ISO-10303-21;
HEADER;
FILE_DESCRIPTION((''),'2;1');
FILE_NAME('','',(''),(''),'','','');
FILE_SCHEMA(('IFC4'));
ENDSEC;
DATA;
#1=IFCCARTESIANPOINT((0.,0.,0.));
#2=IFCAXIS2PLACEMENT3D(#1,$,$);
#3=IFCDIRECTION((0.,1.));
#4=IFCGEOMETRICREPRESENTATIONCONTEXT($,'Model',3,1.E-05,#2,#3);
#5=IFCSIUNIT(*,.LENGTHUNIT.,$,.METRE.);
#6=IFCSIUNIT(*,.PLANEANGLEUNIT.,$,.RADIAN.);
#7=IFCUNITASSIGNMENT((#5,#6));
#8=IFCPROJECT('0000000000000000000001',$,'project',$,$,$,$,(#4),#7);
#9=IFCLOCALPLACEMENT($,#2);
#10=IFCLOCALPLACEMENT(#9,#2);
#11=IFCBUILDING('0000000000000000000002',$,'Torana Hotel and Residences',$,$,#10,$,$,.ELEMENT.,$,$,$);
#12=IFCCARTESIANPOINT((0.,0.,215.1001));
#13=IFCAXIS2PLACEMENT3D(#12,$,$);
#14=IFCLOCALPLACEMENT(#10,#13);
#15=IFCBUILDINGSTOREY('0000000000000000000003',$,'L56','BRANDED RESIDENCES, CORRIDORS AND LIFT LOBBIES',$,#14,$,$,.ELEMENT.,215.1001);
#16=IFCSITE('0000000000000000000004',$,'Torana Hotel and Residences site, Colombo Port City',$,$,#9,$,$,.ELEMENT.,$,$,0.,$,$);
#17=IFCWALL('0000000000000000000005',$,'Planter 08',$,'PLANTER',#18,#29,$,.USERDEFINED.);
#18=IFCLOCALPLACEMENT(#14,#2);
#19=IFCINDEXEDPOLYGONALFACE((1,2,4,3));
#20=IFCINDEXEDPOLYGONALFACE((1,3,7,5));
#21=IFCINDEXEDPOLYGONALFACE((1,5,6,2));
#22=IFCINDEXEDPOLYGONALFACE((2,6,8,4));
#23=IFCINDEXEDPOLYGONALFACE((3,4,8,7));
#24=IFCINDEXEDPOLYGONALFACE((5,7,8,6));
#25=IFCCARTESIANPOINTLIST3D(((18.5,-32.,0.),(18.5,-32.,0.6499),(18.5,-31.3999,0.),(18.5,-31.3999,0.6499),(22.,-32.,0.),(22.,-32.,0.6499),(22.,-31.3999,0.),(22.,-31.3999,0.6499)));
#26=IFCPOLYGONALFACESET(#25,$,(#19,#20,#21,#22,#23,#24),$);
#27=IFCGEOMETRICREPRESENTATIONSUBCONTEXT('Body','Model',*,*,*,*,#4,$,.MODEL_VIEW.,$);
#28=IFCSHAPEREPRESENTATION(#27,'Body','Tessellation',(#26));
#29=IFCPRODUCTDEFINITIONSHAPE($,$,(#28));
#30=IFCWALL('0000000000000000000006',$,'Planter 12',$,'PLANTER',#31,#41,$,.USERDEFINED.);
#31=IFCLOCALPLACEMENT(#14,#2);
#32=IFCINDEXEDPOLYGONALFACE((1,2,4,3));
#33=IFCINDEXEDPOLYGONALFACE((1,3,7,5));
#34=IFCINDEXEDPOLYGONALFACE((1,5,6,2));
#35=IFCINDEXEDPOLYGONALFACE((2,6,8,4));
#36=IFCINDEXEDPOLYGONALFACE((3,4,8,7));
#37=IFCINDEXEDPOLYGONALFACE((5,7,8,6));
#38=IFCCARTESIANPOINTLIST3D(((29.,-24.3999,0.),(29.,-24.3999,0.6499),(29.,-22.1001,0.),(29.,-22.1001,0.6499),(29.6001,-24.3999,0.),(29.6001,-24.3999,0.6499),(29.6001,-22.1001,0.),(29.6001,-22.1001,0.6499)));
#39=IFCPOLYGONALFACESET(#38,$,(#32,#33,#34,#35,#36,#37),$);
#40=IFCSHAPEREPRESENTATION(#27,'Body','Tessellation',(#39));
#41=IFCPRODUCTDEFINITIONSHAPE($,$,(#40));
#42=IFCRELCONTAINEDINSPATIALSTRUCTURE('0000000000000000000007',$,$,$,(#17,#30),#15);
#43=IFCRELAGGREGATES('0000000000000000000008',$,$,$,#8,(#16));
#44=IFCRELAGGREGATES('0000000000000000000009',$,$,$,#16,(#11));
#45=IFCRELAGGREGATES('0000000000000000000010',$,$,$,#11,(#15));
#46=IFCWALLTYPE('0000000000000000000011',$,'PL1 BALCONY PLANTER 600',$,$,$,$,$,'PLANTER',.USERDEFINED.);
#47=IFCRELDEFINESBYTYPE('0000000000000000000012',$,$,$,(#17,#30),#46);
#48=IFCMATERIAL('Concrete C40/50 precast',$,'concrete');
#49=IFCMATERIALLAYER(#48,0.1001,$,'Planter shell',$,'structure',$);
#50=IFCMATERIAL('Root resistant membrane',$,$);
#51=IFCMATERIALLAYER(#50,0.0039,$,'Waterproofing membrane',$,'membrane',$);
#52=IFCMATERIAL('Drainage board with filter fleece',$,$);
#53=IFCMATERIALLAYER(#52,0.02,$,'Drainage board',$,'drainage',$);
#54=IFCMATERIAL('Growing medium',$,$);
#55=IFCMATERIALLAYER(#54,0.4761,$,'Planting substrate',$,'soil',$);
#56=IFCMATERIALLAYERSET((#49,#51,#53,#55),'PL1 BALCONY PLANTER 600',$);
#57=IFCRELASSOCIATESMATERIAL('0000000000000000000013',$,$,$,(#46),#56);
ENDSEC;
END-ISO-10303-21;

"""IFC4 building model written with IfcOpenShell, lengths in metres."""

from ifc_helpers import new_model, si_unit, direction, frame, frame_2d, origin, place, context, subcontext, project, spatial, rectangle, extrude, material, layer, layer_set, type_object, element, save


model = new_model("IFC4")

# Units and contexts
model_context = context("Model", 3, precision=1e-05, world=origin(), true_north=direction((0.0, 1.0)))
body_context = subcontext(model_context, "Body", "Model", "MODEL_VIEW")
ifc_project = project(units=[si_unit("LENGTHUNIT", "METRE"), si_unit("PLANEANGLEUNIT", "RADIAN")], contexts=[model_context])

# Site, building, storey
site_placement = place(None, origin())
site = spatial("IfcSite", under=ifc_project, at=site_placement, Name="Torana Hotel and Residences site, Colombo Port City", CompositionType="ELEMENT", RefElevation=0.0)
building_placement = place(site_placement, origin())
building = spatial("IfcBuilding", under=site, at=building_placement, Name="Torana Hotel and Residences", CompositionType="ELEMENT")
storey_placement = place(building_placement, frame((0.0, 0.0, 215.1001)))
storey = spatial("IfcBuildingStorey", under=building, at=storey_placement, Name="L56", Description="BRANDED RESIDENCES, CORRIDORS AND LIFT LOBBIES", CompositionType="ELEMENT", Elevation=215.1001)

# Walls
ifc_material_1 = material(Name="Concrete C40/50 precast", Category="concrete")
ifc_layer_1 = layer(ifc_material_1, 0.1001, Name="Planter shell", Category="structure")
ifc_material_2 = material(Name="Root resistant membrane")
ifc_layer_2 = layer(ifc_material_2, 0.0039, Name="Waterproofing membrane", Category="membrane")
ifc_material_3 = material(Name="Drainage board with filter fleece")
ifc_layer_3 = layer(ifc_material_3, 0.02, Name="Drainage board", Category="drainage")
ifc_material_4 = material(Name="Growing medium")
ifc_layer_4 = layer(ifc_material_4, 0.4761, Name="Planting substrate", Category="soil")
ifc_layer_set_1 = layer_set([ifc_layer_1, ifc_layer_2, ifc_layer_3, ifc_layer_4], Name="PL1 BALCONY PLANTER 600")
wall_type_1 = type_object("IfcWallType", Name="PL1 BALCONY PLANTER 600", ElementType="PLANTER", PredefinedType="USERDEFINED", material=ifc_layer_set_1)
wall_1_placement = place(storey_placement, frame((22.0, -31.7, 0.0), z_axis=(0.0, 0.0, 1.0), x_axis=(-1.0, 0.0, 0.0)))
element("IfcWall", 1, at=wall_1_placement, inside=storey, type_object=wall_type_1, Name="Planter 08", ObjectType="PLANTER", PredefinedType="USERDEFINED", context=body_context, shape_type="SweptSolid", body=[
    extrude(rectangle(XDim=3.5, YDim=0.6001, at=frame_2d((1.75, 0.0))), origin(), (0.0, 0.0, 1.0), 0.6499),
])
wall_2_placement = place(storey_placement, frame((29.3, -22.1001, 0.0), z_axis=(0.0, 0.0, 1.0), x_axis=(0.0, -1.0, 0.0)))
element("IfcWall", 2, at=wall_2_placement, inside=storey, type_object=wall_type_1, Name="Planter 12", ObjectType="PLANTER", PredefinedType="USERDEFINED", context=body_context, shape_type="SweptSolid", body=[
    extrude(rectangle(XDim=2.2998, YDim=0.6001, at=frame_2d((1.1499, 0.0))), origin(), (0.0, 0.0, 1.0), 0.6499),
])

save(model, "model.ifc")
